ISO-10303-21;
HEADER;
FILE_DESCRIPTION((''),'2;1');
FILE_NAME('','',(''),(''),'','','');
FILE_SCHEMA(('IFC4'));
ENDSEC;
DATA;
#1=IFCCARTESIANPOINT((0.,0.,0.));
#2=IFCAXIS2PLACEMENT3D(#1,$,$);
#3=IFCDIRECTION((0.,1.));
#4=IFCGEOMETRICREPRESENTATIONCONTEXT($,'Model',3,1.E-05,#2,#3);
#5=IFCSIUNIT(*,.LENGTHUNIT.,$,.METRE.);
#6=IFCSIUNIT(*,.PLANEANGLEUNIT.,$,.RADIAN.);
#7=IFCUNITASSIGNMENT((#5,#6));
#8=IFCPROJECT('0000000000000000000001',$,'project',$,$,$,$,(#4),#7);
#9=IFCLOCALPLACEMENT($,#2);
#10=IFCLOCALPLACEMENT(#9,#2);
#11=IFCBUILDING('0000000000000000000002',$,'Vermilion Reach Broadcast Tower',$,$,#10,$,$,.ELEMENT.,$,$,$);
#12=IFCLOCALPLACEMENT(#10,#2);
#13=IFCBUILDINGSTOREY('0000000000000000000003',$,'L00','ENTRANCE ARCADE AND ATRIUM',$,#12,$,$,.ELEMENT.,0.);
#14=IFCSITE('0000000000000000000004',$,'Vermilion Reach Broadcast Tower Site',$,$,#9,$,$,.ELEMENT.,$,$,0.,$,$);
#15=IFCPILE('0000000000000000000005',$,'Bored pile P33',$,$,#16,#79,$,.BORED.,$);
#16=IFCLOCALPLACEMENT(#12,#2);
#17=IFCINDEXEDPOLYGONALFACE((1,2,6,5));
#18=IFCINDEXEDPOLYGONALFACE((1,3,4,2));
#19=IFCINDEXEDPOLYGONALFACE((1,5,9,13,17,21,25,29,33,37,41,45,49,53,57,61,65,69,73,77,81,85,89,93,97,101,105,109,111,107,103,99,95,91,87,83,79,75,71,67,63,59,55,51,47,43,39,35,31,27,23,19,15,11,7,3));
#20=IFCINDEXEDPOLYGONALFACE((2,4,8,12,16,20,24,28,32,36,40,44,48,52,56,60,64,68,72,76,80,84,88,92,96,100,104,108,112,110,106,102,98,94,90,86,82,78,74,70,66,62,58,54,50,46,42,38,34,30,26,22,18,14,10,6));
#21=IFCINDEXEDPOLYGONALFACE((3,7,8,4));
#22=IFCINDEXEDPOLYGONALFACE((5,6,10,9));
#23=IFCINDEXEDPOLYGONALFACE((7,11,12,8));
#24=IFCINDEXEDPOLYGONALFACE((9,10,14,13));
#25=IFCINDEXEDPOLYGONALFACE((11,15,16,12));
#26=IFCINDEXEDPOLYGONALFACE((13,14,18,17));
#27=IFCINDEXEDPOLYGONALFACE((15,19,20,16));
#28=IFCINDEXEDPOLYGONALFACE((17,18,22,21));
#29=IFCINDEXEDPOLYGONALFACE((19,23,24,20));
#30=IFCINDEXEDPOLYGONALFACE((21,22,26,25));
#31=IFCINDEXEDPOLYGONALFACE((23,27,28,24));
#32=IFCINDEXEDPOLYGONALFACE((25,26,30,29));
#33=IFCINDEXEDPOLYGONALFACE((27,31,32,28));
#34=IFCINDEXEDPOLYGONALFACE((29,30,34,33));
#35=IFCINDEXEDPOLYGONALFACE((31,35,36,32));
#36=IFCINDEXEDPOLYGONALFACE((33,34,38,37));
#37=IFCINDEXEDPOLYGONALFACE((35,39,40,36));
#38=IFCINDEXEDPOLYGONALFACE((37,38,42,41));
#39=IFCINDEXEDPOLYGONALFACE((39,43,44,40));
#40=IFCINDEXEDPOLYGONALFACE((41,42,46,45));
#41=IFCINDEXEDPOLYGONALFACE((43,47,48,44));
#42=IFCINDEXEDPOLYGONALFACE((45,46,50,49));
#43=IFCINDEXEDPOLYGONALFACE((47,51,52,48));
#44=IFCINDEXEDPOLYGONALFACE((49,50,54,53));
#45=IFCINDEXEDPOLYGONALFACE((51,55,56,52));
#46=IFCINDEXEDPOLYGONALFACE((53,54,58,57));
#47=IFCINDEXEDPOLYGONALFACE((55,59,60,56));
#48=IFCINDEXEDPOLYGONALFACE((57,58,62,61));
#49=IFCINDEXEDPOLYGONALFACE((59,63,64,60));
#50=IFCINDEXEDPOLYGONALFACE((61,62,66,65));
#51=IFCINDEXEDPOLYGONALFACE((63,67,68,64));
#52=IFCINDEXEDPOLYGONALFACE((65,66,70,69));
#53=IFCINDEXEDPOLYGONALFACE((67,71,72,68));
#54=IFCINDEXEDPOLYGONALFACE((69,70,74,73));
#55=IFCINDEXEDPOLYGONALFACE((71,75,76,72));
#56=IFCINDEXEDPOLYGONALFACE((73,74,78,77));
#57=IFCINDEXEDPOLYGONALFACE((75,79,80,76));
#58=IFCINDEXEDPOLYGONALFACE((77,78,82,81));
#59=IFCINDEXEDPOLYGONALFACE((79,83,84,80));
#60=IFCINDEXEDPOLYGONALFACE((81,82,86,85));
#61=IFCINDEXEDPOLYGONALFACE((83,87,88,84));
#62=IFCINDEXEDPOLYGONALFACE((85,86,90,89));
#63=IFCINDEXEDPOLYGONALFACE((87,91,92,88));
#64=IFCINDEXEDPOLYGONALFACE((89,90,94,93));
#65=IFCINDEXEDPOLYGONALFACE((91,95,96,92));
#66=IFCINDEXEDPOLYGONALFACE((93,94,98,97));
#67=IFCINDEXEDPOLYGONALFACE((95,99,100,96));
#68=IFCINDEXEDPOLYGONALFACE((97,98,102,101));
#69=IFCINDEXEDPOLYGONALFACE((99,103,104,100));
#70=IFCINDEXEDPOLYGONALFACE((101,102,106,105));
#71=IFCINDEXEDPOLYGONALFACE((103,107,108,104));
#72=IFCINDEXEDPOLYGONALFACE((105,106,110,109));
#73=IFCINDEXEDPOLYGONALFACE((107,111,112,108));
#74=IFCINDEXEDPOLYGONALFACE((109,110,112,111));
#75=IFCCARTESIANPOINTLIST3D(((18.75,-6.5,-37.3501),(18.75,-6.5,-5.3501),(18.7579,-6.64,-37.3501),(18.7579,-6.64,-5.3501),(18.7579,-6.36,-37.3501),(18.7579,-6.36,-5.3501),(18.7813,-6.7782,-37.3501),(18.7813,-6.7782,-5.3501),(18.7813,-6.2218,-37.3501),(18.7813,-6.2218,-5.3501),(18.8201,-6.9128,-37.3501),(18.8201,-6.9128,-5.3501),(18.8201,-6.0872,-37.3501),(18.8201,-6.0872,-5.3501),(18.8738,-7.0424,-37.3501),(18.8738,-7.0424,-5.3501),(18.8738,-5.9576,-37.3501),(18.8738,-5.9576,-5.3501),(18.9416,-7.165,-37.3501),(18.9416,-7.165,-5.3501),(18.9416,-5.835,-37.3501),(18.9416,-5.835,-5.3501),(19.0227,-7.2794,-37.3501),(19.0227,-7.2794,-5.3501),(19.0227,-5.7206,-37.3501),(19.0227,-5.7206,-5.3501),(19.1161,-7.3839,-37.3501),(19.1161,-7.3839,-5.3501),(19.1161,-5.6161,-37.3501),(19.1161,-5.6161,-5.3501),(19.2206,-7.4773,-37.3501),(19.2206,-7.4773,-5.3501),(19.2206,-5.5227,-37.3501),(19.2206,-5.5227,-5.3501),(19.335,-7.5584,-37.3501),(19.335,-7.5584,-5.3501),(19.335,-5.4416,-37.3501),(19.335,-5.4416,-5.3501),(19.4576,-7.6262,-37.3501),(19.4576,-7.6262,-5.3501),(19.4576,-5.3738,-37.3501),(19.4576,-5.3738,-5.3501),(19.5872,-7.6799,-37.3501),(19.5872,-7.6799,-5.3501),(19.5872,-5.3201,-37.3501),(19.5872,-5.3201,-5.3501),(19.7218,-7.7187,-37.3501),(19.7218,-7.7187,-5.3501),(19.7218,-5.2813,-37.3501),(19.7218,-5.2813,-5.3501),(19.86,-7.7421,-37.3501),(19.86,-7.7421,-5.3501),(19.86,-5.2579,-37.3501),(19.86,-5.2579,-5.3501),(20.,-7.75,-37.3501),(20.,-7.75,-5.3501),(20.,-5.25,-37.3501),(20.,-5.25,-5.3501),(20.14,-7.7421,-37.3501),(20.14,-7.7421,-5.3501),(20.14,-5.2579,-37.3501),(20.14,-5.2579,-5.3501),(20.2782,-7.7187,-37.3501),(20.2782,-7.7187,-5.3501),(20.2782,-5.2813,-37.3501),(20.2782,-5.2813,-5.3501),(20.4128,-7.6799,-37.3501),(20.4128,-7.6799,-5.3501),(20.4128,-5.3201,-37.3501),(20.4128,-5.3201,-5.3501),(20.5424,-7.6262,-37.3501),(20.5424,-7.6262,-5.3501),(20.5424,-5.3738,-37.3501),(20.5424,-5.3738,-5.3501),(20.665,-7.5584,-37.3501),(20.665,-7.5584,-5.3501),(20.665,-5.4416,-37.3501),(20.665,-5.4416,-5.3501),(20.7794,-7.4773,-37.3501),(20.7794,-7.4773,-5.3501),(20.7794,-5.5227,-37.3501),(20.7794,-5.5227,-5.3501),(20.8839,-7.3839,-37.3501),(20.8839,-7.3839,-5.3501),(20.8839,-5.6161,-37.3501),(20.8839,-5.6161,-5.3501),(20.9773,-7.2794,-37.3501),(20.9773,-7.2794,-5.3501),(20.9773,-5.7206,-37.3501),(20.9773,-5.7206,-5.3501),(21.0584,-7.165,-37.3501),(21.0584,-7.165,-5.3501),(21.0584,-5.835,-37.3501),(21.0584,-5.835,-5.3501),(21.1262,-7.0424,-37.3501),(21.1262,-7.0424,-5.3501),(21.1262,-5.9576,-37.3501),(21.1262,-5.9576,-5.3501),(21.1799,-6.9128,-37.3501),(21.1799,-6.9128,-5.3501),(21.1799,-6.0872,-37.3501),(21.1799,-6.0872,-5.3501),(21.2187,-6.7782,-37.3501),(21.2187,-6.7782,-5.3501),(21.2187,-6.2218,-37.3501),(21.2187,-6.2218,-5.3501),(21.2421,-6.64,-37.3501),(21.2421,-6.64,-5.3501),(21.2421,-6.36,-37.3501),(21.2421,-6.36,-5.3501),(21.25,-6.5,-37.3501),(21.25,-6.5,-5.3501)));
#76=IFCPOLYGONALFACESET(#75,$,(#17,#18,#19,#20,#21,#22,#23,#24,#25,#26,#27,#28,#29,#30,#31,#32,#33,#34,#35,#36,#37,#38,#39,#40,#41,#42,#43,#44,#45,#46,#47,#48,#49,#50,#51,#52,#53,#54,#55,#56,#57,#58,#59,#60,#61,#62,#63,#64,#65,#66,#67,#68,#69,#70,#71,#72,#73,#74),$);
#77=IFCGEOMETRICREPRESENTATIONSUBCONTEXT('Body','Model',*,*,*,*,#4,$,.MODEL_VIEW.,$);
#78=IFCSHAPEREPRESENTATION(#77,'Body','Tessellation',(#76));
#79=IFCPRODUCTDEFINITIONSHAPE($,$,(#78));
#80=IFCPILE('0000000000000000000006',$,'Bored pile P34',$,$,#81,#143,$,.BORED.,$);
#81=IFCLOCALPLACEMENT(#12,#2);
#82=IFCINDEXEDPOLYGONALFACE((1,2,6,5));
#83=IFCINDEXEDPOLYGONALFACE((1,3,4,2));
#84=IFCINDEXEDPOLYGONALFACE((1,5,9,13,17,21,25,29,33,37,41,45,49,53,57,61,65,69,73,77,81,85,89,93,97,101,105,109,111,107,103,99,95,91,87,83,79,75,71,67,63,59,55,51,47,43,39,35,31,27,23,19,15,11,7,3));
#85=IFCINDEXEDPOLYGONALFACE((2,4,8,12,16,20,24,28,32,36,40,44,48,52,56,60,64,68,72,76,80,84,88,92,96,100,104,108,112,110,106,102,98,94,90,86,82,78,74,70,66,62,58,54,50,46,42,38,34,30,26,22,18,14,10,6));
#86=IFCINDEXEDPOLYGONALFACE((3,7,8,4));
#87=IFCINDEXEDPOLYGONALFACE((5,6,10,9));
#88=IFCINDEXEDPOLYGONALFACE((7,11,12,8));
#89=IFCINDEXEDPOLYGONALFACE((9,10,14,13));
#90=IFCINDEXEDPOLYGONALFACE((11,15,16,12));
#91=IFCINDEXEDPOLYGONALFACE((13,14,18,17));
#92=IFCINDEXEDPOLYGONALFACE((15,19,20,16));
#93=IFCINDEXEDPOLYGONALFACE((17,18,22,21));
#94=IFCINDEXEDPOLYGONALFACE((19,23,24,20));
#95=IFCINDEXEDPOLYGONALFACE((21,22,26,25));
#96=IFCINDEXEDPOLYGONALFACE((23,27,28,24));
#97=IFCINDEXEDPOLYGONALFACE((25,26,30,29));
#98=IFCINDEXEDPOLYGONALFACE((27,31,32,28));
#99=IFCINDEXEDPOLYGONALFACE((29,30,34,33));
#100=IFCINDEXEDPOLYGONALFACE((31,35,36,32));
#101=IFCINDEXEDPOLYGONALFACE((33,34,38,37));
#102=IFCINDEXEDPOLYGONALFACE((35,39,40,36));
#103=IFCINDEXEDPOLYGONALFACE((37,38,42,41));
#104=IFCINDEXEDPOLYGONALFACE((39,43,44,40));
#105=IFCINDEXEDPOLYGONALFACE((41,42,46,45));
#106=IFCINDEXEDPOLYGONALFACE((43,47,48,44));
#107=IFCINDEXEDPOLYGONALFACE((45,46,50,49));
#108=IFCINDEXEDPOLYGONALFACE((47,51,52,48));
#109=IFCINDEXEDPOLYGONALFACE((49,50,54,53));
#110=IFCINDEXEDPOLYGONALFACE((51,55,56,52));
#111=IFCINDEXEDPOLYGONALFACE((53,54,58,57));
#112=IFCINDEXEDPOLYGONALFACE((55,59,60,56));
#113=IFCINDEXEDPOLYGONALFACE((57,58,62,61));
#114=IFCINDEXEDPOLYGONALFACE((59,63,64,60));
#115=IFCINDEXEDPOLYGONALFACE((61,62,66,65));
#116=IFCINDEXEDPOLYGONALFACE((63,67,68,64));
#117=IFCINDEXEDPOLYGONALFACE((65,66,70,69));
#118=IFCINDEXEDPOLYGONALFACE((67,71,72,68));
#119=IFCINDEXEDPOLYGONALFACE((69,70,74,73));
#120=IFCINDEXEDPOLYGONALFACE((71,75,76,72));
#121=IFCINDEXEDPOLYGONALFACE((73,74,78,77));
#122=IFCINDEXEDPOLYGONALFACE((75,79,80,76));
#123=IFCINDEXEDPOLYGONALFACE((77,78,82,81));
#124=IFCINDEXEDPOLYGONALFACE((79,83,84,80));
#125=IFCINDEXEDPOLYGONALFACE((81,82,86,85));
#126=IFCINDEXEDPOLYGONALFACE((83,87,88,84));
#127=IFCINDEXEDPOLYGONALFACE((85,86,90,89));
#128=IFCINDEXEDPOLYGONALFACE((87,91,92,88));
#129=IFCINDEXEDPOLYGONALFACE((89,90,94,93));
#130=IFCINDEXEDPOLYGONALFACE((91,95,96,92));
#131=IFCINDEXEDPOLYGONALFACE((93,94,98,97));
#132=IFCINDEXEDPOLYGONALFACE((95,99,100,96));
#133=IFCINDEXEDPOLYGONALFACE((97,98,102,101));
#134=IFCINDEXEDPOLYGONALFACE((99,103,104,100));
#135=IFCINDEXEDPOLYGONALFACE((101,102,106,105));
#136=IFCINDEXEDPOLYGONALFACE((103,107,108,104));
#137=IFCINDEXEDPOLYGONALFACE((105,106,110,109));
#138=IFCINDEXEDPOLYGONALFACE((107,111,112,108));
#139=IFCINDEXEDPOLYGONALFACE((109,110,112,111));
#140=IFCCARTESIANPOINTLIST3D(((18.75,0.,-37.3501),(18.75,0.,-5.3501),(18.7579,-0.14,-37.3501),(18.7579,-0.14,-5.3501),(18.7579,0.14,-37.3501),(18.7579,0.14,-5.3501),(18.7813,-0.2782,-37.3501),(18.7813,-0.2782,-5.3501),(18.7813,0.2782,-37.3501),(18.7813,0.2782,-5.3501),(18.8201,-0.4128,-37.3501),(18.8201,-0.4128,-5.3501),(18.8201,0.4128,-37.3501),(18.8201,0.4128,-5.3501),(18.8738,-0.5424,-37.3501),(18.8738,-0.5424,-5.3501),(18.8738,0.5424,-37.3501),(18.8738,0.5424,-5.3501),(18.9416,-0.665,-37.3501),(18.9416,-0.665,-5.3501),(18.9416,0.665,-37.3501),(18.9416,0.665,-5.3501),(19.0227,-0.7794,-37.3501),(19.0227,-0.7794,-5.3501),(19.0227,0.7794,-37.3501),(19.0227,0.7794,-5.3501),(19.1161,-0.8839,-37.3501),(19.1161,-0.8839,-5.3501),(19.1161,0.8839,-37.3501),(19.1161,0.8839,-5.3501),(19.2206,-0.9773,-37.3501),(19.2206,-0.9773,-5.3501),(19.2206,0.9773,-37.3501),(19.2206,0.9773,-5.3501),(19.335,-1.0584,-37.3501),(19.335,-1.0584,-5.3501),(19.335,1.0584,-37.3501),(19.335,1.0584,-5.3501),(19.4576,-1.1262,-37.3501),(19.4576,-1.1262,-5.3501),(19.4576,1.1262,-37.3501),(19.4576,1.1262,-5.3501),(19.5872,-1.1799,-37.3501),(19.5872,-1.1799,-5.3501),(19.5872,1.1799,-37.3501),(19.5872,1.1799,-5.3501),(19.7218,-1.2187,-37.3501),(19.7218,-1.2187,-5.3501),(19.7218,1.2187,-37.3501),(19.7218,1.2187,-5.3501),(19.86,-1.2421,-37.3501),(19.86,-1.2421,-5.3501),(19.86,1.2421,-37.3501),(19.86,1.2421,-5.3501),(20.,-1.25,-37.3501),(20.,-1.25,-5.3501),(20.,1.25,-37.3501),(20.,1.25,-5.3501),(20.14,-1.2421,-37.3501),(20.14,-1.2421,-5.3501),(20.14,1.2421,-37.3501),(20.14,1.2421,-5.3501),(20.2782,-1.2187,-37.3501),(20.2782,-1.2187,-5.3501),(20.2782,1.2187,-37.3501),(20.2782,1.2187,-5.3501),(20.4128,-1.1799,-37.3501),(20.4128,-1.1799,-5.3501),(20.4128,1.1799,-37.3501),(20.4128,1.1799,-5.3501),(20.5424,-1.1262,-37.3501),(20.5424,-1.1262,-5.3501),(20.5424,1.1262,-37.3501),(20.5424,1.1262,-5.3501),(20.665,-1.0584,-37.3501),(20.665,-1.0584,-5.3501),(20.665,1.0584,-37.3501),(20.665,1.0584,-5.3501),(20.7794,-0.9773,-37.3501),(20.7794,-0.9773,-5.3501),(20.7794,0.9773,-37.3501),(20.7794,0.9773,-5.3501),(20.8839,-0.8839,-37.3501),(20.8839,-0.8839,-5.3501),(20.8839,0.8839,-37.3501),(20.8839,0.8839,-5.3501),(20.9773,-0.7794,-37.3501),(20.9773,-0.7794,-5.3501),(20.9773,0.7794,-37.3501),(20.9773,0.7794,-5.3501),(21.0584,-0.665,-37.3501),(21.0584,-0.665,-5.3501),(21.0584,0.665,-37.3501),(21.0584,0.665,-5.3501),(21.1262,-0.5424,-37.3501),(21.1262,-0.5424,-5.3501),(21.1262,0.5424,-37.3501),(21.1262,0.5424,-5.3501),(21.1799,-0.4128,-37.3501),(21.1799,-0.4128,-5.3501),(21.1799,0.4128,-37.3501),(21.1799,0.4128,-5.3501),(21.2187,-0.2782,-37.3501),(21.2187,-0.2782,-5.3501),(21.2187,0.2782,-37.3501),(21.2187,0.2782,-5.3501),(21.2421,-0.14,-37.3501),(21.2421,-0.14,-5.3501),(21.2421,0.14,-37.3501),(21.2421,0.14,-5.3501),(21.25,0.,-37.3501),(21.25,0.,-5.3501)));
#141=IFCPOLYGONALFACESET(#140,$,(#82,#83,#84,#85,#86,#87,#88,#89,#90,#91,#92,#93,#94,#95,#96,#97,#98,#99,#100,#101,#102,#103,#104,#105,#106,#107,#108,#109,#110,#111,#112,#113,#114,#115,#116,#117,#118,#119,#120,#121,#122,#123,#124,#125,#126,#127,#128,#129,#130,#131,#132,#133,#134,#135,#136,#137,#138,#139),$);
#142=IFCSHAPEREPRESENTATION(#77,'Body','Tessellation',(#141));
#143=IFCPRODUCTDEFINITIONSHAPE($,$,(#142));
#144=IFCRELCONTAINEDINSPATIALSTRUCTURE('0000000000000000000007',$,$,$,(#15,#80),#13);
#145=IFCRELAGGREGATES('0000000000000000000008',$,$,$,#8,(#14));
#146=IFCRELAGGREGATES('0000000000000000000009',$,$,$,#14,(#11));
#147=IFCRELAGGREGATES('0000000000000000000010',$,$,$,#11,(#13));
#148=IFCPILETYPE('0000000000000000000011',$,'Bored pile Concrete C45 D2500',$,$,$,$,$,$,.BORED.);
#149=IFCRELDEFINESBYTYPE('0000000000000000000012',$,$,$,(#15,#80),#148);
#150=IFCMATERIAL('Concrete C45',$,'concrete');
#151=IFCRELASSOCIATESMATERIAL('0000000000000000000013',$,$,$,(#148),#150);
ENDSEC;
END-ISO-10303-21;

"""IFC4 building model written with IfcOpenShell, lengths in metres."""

from ifc_helpers import new_model, si_unit, direction, frame, origin, origin_2d, place, context, subcontext, project, spatial, circle, extrude, material, material_profile, profile_set, type_object, element, save


model = new_model("IFC4")

# Units and contexts
model_context = context("Model", 3, precision=1e-05, world=origin(), true_north=direction((0.0, 1.0)))
body_context = subcontext(model_context, "Body", "Model", "MODEL_VIEW")
ifc_project = project(units=[si_unit("LENGTHUNIT", "METRE"), si_unit("PLANEANGLEUNIT", "RADIAN")], contexts=[model_context])

# Site, building, storey
site_placement = place(None, origin())
site = spatial("IfcSite", under=ifc_project, at=site_placement, Name="Vermilion Reach Broadcast Tower Site", CompositionType="ELEMENT", RefElevation=0.0)
building_placement = place(site_placement, origin())
building = spatial("IfcBuilding", under=site, at=building_placement, Name="Vermilion Reach Broadcast Tower", CompositionType="ELEMENT")
storey_placement = place(building_placement, origin())
storey = spatial("IfcBuildingStorey", under=building, at=storey_placement, Name="L00", Description="ENTRANCE ARCADE AND ATRIUM", CompositionType="ELEMENT", Elevation=0.0)

# Piles
ifc_material_1 = material(Name="Concrete C45", Category="concrete")
ifc_material_profile_1 = material_profile(ifc_material_1, circle(Radius=1.25, at=origin_2d()), Name="Concrete C45 D2500")
ifc_profile_set_1 = profile_set([ifc_material_profile_1], Name="Concrete C45")
pile_type = type_object("IfcPileType", Name="Bored pile Concrete C45 D2500", PredefinedType="BORED", material=ifc_profile_set_1)
for number, where, z_axis, x_axis, name in (
    (1, (20.0, -6.5, -5.3501), (0.0, 0.0, -1.0), (1.0, 0.0, 0.0), "Bored pile P33"),
    (2, (20.0, 0.0, -5.3501), (0.0, 0.0, -1.0), (1.0, 0.0, 0.0), "Bored pile P34"),
):
    element("IfcPile", number, at=place(storey_placement, frame(where, z_axis=z_axis, x_axis=x_axis)), inside=storey, type_object=pile_type, Name=name, PredefinedType="BORED", context=body_context, shape_type="SweptSolid", body=[
        extrude(circle(Radius=1.25, at=origin_2d()), origin(), (0.0, 0.0, 1.0), 32.0),
    ])

save(model, "model.ifc")
